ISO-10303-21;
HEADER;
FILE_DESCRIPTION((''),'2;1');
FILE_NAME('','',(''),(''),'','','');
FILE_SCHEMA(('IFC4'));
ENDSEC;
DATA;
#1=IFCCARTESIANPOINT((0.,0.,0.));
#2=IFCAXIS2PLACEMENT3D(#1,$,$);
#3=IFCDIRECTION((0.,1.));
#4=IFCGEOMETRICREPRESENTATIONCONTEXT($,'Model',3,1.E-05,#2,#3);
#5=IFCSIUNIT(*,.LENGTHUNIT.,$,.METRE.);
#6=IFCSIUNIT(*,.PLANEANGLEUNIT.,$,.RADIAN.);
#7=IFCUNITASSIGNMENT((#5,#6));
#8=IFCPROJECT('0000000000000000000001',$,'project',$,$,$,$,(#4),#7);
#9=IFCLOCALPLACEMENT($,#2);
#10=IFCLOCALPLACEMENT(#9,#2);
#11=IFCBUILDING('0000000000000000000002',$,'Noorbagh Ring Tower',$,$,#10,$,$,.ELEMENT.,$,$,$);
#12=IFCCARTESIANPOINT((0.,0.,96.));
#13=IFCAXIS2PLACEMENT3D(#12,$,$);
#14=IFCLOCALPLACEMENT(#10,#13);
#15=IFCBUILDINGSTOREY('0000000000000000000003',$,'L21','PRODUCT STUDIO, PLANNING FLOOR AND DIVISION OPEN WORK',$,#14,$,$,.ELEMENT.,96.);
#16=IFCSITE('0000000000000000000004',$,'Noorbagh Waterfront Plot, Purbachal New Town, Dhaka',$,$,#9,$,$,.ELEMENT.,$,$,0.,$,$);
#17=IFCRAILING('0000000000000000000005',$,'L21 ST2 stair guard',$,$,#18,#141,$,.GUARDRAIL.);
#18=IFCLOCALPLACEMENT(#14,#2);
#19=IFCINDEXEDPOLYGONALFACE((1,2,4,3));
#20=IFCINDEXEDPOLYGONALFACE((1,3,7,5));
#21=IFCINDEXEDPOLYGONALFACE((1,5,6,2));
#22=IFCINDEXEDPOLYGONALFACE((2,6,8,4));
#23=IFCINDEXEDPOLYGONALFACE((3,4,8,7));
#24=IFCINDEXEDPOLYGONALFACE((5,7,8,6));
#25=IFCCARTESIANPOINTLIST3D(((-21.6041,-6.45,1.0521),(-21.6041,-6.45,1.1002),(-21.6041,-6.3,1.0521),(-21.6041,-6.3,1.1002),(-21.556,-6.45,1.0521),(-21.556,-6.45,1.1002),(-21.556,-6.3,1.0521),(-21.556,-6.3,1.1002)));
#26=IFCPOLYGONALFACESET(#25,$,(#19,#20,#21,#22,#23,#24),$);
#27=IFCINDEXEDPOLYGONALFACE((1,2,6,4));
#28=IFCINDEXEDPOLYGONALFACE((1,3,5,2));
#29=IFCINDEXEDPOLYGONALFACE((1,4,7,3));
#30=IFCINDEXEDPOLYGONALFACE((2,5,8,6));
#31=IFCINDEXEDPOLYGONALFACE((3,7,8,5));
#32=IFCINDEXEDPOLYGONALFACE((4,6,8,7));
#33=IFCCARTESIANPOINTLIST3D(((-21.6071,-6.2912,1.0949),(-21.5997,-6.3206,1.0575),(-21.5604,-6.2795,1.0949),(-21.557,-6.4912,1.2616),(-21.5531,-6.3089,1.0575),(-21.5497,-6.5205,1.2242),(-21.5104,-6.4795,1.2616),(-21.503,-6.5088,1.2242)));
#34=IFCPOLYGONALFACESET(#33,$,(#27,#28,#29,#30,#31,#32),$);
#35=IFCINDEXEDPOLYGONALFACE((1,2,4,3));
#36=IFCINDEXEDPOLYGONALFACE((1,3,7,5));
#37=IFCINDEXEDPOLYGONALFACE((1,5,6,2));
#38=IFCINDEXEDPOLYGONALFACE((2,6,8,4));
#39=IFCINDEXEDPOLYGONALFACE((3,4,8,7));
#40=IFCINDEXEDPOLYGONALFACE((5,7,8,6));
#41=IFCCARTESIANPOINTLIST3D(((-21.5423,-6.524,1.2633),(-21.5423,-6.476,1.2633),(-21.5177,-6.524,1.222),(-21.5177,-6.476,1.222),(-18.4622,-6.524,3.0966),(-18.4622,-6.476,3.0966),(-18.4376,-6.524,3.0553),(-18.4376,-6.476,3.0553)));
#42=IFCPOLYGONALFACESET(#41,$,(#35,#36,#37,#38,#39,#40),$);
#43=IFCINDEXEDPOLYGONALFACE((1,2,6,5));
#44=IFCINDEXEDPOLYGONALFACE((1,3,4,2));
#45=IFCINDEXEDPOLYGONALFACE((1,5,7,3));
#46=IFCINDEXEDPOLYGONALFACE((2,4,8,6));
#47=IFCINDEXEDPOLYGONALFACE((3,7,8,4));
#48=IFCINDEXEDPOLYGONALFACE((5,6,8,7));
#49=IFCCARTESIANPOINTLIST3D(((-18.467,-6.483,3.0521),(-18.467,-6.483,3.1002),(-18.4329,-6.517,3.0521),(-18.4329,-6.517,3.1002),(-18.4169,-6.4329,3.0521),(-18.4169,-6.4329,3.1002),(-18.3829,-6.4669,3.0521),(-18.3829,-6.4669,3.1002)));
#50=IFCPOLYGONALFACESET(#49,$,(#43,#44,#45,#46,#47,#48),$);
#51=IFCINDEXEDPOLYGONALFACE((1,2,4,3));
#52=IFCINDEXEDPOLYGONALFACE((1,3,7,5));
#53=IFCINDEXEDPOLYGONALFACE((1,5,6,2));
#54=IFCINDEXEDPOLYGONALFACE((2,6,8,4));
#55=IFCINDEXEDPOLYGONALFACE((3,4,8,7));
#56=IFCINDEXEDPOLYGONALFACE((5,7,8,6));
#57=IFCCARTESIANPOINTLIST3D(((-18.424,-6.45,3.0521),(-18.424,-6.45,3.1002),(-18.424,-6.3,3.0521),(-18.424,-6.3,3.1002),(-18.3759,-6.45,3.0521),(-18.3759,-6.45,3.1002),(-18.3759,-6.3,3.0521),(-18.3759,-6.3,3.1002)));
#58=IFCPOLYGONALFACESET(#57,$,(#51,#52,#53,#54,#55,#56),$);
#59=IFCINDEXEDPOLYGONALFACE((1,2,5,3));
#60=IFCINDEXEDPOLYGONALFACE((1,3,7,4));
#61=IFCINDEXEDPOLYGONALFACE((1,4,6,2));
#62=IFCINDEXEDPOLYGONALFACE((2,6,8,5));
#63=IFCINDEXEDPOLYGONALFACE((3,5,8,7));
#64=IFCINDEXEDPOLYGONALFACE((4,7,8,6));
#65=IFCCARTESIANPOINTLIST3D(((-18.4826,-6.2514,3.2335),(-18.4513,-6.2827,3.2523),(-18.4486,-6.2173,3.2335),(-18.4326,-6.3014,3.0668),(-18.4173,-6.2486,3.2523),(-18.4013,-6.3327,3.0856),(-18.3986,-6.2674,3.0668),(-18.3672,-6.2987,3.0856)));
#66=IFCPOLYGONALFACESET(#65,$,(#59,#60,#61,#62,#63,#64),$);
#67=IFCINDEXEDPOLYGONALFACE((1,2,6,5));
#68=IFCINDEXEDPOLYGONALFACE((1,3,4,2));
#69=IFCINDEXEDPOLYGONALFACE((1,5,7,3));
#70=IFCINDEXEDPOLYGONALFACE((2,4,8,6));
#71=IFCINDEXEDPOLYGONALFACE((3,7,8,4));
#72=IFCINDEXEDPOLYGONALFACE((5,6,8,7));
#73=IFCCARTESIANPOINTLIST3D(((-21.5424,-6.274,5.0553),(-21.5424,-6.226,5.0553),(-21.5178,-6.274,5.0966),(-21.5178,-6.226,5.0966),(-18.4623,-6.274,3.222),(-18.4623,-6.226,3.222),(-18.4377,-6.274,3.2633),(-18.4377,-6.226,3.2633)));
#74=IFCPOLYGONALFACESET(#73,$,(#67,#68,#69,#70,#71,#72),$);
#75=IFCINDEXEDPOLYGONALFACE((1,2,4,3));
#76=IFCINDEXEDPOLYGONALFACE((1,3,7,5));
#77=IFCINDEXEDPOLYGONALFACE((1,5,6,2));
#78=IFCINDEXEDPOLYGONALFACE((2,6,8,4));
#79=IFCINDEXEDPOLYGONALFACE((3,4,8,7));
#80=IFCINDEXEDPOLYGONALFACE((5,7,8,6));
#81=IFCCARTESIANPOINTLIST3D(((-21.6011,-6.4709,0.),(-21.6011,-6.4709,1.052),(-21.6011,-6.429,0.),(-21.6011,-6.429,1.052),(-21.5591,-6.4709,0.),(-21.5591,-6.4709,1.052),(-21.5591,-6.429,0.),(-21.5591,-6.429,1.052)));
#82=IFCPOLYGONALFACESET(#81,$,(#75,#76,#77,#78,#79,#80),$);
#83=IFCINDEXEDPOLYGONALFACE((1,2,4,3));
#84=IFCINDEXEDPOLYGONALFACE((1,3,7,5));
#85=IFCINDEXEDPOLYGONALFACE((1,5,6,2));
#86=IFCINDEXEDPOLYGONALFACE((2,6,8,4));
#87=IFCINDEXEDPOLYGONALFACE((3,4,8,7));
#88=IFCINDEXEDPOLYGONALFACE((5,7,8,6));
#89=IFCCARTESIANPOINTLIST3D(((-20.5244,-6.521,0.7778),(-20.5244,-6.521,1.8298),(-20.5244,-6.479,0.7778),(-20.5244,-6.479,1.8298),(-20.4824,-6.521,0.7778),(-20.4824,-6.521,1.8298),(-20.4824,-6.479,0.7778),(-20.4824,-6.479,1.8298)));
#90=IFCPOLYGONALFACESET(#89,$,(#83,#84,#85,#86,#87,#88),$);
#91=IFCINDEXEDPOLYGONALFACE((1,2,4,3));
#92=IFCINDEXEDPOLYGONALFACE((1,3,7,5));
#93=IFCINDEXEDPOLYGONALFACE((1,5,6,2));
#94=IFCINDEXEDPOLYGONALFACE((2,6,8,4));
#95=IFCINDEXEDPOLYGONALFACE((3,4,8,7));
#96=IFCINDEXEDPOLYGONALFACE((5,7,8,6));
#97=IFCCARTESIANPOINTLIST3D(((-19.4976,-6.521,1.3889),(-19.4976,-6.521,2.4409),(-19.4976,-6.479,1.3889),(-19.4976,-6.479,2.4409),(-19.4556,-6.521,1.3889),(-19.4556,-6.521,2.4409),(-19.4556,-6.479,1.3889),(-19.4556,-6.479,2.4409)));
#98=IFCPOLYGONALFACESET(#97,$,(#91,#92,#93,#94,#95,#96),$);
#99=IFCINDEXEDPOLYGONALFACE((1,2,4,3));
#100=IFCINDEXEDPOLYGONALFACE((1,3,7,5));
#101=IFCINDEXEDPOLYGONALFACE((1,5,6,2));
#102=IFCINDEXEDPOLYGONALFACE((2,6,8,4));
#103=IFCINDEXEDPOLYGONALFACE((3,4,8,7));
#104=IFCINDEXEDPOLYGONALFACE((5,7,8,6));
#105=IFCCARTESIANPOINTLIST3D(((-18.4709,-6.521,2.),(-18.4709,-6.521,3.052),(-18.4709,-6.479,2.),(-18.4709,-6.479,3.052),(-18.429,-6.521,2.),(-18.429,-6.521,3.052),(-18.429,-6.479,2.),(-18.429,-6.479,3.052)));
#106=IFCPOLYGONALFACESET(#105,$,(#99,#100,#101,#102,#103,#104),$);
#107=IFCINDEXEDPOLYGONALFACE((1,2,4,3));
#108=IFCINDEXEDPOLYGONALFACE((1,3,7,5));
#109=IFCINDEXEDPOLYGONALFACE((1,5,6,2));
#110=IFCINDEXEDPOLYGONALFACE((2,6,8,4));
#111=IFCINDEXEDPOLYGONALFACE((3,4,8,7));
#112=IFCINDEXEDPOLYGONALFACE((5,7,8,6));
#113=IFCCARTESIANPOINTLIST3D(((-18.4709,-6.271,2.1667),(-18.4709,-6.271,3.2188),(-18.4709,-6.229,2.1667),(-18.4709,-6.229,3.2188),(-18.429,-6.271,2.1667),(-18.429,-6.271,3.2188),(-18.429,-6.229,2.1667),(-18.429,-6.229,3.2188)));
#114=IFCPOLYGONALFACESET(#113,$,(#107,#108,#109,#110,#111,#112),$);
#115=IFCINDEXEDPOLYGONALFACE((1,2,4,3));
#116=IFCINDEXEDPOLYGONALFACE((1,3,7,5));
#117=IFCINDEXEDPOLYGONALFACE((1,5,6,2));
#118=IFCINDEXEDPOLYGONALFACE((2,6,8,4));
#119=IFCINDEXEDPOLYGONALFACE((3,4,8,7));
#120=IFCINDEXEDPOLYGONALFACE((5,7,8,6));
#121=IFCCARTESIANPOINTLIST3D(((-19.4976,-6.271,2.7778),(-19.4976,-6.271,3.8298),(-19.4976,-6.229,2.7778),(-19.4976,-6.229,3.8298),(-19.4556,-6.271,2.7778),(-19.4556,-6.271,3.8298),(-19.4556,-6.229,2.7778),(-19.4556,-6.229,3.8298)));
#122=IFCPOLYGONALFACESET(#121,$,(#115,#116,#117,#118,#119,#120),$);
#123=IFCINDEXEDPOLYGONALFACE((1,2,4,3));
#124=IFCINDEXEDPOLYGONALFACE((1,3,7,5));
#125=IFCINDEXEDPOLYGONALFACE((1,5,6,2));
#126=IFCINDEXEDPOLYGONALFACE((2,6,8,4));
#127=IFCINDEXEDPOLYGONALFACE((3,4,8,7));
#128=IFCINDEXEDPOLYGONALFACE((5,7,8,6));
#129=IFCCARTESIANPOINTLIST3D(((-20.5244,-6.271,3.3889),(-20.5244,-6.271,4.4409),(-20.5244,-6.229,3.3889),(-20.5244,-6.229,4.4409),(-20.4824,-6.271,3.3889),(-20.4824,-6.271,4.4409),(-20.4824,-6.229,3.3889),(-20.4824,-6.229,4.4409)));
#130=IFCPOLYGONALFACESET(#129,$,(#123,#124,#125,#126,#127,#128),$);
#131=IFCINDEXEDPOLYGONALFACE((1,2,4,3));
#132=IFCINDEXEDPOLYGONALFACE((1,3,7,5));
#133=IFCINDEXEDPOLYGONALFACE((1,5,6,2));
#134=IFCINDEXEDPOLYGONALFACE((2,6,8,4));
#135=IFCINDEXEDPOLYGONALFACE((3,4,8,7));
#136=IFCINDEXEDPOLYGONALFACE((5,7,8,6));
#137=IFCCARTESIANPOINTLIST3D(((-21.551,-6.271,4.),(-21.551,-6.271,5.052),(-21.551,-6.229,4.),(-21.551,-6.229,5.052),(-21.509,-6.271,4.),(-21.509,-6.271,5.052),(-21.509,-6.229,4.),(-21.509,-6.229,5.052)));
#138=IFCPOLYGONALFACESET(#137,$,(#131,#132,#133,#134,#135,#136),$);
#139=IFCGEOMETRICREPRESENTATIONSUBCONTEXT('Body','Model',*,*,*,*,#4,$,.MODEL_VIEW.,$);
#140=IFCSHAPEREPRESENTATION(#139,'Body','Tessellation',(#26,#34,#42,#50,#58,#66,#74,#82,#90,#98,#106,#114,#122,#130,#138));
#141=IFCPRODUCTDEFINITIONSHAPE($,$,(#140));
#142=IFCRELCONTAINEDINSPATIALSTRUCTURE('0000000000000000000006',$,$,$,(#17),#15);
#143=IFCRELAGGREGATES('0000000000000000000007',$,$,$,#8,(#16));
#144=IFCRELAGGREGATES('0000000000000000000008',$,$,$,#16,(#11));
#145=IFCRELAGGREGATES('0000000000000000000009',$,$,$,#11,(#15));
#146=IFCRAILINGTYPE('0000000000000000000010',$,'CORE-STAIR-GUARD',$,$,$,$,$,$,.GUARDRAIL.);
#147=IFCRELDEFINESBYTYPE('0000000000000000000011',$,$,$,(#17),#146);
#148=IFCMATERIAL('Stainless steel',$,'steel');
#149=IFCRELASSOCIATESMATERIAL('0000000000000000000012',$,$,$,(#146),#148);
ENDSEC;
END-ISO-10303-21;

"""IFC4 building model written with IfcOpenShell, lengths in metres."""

from ifc_helpers import new_model, si_unit, direction, frame, origin, origin_2d, place, context, subcontext, project, spatial, rectangle, extrude, material, type_object, element, save


model = new_model("IFC4")

# Units and contexts
model_context = context("Model", 3, precision=1e-05, world=origin(), true_north=direction((0.0, 1.0)))
body_context = subcontext(model_context, "Body", "Model", "MODEL_VIEW")
ifc_project = project(units=[si_unit("LENGTHUNIT", "METRE"), si_unit("PLANEANGLEUNIT", "RADIAN")], contexts=[model_context])

# Site, building, storey
site_placement = place(None, origin())
site = spatial("IfcSite", under=ifc_project, at=site_placement, Name="Noorbagh Waterfront Plot, Purbachal New Town, Dhaka", CompositionType="ELEMENT", RefElevation=0.0)
building_placement = place(site_placement, origin())
building = spatial("IfcBuilding", under=site, at=building_placement, Name="Noorbagh Ring Tower", CompositionType="ELEMENT")
storey_placement = place(building_placement, frame((0.0, 0.0, 96.0)))
storey = spatial("IfcBuildingStorey", under=building, at=storey_placement, Name="L21", Description="PRODUCT STUDIO, PLANNING FLOOR AND DIVISION OPEN WORK", CompositionType="ELEMENT", Elevation=96.0)

# Railing
ifc_material_1 = material(Name="Stainless steel", Category="steel")
railing_type_1 = type_object("IfcRailingType", Name="CORE-STAIR-GUARD", PredefinedType="GUARDRAIL", material=ifc_material_1)
railing_1_placement = place(storey_placement, frame((-21.5801, -6.45, 0.0)))
element("IfcRailing", 1, at=railing_1_placement, inside=storey, type_object=railing_type_1, Name="L21 ST2 stair guard", PredefinedType="GUARDRAIL", context=body_context, shape_type="SweptSolid", body=[
    extrude(rectangle(XDim=0.0481, YDim=0.0481, at=origin_2d()), frame((0.0, 0.0, 1.0762), z_axis=(0.0, 1.0, 0.0), x_axis=(-1.0, 0.0, 0.0)), (0.0, 0.0, 1.0), 0.1499),
    extrude(rectangle(XDim=0.0481, YDim=0.0481, at=origin_2d()), frame((0.0, 0.1499, 1.0762), z_axis=(0.188776, -0.754182, 0.628946), x_axis=(0.970073, 0.242814, 0.0)), (0.0, 0.0, 1.0), 0.2651),
    extrude(rectangle(XDim=0.0481, YDim=0.0481, at=origin_2d()), frame((0.05, -0.05, 1.2427), z_axis=(0.859309, 0.0, 0.511458), x_axis=(0.0, 1.0, 0.0)), (0.0, 0.0, 1.0), 3.5845),
    extrude(rectangle(XDim=0.0481, YDim=0.0481, at=origin_2d()), frame((3.1301, -0.05, 3.0762), z_axis=(0.707107, 0.707107, 0.0), x_axis=(-0.707107, 0.707107, 0.0)), (0.0, 0.0, 1.0), 0.0708),
    extrude(rectangle(XDim=0.0481, YDim=0.0481, at=origin_2d()), frame((3.1802, 0.0, 3.0762), z_axis=(0.0, 1.0, 0.0), x_axis=(-1.0, 0.0, 0.0)), (0.0, 0.0, 1.0), 0.1499),
    extrude(rectangle(XDim=0.0481, YDim=0.0481, at=origin_2d()), frame((3.1802, 0.1499, 3.0762), z_axis=(-0.276287, 0.276287, 0.920506), x_axis=(-0.707107, -0.707107, 0.0)), (0.0, 0.0, 1.0), 0.1812),
    extrude(rectangle(XDim=0.0481, YDim=0.0481, at=origin_2d()), frame((3.1301, 0.2, 3.2427), z_axis=(-0.859309, 0.0, 0.511458), x_axis=(0.0, -1.0, 0.0)), (0.0, 0.0, 1.0), 3.5845),
    extrude(rectangle(XDim=0.042, YDim=0.042, at=origin_2d()), origin(), (0.0, 0.0, 1.0), 1.052),
    extrude(rectangle(XDim=0.042, YDim=0.042, at=origin_2d()), frame((1.0767, -0.05, 0.7778)), (0.0, 0.0, 1.0), 1.052),
    extrude(rectangle(XDim=0.042, YDim=0.042, at=origin_2d()), frame((2.1035, -0.05, 1.3889)), (0.0, 0.0, 1.0), 1.052),
    extrude(rectangle(XDim=0.042, YDim=0.042, at=origin_2d()), frame((3.1301, -0.05, 2.0)), (0.0, 0.0, 1.0), 1.052),
    extrude(rectangle(XDim=0.042, YDim=0.042, at=origin_2d()), frame((3.1301, 0.2, 2.1667)), (0.0, 0.0, 1.0), 1.052),
    extrude(rectangle(XDim=0.042, YDim=0.042, at=origin_2d()), frame((2.1035, 0.2, 2.7778)), (0.0, 0.0, 1.0), 1.052),
    extrude(rectangle(XDim=0.042, YDim=0.042, at=origin_2d()), frame((1.0767, 0.2, 3.3889)), (0.0, 0.0, 1.0), 1.052),
    extrude(rectangle(XDim=0.042, YDim=0.042, at=origin_2d()), frame((0.05, 0.2, 4.0)), (0.0, 0.0, 1.0), 1.052),
])

save(model, "model.ifc")
